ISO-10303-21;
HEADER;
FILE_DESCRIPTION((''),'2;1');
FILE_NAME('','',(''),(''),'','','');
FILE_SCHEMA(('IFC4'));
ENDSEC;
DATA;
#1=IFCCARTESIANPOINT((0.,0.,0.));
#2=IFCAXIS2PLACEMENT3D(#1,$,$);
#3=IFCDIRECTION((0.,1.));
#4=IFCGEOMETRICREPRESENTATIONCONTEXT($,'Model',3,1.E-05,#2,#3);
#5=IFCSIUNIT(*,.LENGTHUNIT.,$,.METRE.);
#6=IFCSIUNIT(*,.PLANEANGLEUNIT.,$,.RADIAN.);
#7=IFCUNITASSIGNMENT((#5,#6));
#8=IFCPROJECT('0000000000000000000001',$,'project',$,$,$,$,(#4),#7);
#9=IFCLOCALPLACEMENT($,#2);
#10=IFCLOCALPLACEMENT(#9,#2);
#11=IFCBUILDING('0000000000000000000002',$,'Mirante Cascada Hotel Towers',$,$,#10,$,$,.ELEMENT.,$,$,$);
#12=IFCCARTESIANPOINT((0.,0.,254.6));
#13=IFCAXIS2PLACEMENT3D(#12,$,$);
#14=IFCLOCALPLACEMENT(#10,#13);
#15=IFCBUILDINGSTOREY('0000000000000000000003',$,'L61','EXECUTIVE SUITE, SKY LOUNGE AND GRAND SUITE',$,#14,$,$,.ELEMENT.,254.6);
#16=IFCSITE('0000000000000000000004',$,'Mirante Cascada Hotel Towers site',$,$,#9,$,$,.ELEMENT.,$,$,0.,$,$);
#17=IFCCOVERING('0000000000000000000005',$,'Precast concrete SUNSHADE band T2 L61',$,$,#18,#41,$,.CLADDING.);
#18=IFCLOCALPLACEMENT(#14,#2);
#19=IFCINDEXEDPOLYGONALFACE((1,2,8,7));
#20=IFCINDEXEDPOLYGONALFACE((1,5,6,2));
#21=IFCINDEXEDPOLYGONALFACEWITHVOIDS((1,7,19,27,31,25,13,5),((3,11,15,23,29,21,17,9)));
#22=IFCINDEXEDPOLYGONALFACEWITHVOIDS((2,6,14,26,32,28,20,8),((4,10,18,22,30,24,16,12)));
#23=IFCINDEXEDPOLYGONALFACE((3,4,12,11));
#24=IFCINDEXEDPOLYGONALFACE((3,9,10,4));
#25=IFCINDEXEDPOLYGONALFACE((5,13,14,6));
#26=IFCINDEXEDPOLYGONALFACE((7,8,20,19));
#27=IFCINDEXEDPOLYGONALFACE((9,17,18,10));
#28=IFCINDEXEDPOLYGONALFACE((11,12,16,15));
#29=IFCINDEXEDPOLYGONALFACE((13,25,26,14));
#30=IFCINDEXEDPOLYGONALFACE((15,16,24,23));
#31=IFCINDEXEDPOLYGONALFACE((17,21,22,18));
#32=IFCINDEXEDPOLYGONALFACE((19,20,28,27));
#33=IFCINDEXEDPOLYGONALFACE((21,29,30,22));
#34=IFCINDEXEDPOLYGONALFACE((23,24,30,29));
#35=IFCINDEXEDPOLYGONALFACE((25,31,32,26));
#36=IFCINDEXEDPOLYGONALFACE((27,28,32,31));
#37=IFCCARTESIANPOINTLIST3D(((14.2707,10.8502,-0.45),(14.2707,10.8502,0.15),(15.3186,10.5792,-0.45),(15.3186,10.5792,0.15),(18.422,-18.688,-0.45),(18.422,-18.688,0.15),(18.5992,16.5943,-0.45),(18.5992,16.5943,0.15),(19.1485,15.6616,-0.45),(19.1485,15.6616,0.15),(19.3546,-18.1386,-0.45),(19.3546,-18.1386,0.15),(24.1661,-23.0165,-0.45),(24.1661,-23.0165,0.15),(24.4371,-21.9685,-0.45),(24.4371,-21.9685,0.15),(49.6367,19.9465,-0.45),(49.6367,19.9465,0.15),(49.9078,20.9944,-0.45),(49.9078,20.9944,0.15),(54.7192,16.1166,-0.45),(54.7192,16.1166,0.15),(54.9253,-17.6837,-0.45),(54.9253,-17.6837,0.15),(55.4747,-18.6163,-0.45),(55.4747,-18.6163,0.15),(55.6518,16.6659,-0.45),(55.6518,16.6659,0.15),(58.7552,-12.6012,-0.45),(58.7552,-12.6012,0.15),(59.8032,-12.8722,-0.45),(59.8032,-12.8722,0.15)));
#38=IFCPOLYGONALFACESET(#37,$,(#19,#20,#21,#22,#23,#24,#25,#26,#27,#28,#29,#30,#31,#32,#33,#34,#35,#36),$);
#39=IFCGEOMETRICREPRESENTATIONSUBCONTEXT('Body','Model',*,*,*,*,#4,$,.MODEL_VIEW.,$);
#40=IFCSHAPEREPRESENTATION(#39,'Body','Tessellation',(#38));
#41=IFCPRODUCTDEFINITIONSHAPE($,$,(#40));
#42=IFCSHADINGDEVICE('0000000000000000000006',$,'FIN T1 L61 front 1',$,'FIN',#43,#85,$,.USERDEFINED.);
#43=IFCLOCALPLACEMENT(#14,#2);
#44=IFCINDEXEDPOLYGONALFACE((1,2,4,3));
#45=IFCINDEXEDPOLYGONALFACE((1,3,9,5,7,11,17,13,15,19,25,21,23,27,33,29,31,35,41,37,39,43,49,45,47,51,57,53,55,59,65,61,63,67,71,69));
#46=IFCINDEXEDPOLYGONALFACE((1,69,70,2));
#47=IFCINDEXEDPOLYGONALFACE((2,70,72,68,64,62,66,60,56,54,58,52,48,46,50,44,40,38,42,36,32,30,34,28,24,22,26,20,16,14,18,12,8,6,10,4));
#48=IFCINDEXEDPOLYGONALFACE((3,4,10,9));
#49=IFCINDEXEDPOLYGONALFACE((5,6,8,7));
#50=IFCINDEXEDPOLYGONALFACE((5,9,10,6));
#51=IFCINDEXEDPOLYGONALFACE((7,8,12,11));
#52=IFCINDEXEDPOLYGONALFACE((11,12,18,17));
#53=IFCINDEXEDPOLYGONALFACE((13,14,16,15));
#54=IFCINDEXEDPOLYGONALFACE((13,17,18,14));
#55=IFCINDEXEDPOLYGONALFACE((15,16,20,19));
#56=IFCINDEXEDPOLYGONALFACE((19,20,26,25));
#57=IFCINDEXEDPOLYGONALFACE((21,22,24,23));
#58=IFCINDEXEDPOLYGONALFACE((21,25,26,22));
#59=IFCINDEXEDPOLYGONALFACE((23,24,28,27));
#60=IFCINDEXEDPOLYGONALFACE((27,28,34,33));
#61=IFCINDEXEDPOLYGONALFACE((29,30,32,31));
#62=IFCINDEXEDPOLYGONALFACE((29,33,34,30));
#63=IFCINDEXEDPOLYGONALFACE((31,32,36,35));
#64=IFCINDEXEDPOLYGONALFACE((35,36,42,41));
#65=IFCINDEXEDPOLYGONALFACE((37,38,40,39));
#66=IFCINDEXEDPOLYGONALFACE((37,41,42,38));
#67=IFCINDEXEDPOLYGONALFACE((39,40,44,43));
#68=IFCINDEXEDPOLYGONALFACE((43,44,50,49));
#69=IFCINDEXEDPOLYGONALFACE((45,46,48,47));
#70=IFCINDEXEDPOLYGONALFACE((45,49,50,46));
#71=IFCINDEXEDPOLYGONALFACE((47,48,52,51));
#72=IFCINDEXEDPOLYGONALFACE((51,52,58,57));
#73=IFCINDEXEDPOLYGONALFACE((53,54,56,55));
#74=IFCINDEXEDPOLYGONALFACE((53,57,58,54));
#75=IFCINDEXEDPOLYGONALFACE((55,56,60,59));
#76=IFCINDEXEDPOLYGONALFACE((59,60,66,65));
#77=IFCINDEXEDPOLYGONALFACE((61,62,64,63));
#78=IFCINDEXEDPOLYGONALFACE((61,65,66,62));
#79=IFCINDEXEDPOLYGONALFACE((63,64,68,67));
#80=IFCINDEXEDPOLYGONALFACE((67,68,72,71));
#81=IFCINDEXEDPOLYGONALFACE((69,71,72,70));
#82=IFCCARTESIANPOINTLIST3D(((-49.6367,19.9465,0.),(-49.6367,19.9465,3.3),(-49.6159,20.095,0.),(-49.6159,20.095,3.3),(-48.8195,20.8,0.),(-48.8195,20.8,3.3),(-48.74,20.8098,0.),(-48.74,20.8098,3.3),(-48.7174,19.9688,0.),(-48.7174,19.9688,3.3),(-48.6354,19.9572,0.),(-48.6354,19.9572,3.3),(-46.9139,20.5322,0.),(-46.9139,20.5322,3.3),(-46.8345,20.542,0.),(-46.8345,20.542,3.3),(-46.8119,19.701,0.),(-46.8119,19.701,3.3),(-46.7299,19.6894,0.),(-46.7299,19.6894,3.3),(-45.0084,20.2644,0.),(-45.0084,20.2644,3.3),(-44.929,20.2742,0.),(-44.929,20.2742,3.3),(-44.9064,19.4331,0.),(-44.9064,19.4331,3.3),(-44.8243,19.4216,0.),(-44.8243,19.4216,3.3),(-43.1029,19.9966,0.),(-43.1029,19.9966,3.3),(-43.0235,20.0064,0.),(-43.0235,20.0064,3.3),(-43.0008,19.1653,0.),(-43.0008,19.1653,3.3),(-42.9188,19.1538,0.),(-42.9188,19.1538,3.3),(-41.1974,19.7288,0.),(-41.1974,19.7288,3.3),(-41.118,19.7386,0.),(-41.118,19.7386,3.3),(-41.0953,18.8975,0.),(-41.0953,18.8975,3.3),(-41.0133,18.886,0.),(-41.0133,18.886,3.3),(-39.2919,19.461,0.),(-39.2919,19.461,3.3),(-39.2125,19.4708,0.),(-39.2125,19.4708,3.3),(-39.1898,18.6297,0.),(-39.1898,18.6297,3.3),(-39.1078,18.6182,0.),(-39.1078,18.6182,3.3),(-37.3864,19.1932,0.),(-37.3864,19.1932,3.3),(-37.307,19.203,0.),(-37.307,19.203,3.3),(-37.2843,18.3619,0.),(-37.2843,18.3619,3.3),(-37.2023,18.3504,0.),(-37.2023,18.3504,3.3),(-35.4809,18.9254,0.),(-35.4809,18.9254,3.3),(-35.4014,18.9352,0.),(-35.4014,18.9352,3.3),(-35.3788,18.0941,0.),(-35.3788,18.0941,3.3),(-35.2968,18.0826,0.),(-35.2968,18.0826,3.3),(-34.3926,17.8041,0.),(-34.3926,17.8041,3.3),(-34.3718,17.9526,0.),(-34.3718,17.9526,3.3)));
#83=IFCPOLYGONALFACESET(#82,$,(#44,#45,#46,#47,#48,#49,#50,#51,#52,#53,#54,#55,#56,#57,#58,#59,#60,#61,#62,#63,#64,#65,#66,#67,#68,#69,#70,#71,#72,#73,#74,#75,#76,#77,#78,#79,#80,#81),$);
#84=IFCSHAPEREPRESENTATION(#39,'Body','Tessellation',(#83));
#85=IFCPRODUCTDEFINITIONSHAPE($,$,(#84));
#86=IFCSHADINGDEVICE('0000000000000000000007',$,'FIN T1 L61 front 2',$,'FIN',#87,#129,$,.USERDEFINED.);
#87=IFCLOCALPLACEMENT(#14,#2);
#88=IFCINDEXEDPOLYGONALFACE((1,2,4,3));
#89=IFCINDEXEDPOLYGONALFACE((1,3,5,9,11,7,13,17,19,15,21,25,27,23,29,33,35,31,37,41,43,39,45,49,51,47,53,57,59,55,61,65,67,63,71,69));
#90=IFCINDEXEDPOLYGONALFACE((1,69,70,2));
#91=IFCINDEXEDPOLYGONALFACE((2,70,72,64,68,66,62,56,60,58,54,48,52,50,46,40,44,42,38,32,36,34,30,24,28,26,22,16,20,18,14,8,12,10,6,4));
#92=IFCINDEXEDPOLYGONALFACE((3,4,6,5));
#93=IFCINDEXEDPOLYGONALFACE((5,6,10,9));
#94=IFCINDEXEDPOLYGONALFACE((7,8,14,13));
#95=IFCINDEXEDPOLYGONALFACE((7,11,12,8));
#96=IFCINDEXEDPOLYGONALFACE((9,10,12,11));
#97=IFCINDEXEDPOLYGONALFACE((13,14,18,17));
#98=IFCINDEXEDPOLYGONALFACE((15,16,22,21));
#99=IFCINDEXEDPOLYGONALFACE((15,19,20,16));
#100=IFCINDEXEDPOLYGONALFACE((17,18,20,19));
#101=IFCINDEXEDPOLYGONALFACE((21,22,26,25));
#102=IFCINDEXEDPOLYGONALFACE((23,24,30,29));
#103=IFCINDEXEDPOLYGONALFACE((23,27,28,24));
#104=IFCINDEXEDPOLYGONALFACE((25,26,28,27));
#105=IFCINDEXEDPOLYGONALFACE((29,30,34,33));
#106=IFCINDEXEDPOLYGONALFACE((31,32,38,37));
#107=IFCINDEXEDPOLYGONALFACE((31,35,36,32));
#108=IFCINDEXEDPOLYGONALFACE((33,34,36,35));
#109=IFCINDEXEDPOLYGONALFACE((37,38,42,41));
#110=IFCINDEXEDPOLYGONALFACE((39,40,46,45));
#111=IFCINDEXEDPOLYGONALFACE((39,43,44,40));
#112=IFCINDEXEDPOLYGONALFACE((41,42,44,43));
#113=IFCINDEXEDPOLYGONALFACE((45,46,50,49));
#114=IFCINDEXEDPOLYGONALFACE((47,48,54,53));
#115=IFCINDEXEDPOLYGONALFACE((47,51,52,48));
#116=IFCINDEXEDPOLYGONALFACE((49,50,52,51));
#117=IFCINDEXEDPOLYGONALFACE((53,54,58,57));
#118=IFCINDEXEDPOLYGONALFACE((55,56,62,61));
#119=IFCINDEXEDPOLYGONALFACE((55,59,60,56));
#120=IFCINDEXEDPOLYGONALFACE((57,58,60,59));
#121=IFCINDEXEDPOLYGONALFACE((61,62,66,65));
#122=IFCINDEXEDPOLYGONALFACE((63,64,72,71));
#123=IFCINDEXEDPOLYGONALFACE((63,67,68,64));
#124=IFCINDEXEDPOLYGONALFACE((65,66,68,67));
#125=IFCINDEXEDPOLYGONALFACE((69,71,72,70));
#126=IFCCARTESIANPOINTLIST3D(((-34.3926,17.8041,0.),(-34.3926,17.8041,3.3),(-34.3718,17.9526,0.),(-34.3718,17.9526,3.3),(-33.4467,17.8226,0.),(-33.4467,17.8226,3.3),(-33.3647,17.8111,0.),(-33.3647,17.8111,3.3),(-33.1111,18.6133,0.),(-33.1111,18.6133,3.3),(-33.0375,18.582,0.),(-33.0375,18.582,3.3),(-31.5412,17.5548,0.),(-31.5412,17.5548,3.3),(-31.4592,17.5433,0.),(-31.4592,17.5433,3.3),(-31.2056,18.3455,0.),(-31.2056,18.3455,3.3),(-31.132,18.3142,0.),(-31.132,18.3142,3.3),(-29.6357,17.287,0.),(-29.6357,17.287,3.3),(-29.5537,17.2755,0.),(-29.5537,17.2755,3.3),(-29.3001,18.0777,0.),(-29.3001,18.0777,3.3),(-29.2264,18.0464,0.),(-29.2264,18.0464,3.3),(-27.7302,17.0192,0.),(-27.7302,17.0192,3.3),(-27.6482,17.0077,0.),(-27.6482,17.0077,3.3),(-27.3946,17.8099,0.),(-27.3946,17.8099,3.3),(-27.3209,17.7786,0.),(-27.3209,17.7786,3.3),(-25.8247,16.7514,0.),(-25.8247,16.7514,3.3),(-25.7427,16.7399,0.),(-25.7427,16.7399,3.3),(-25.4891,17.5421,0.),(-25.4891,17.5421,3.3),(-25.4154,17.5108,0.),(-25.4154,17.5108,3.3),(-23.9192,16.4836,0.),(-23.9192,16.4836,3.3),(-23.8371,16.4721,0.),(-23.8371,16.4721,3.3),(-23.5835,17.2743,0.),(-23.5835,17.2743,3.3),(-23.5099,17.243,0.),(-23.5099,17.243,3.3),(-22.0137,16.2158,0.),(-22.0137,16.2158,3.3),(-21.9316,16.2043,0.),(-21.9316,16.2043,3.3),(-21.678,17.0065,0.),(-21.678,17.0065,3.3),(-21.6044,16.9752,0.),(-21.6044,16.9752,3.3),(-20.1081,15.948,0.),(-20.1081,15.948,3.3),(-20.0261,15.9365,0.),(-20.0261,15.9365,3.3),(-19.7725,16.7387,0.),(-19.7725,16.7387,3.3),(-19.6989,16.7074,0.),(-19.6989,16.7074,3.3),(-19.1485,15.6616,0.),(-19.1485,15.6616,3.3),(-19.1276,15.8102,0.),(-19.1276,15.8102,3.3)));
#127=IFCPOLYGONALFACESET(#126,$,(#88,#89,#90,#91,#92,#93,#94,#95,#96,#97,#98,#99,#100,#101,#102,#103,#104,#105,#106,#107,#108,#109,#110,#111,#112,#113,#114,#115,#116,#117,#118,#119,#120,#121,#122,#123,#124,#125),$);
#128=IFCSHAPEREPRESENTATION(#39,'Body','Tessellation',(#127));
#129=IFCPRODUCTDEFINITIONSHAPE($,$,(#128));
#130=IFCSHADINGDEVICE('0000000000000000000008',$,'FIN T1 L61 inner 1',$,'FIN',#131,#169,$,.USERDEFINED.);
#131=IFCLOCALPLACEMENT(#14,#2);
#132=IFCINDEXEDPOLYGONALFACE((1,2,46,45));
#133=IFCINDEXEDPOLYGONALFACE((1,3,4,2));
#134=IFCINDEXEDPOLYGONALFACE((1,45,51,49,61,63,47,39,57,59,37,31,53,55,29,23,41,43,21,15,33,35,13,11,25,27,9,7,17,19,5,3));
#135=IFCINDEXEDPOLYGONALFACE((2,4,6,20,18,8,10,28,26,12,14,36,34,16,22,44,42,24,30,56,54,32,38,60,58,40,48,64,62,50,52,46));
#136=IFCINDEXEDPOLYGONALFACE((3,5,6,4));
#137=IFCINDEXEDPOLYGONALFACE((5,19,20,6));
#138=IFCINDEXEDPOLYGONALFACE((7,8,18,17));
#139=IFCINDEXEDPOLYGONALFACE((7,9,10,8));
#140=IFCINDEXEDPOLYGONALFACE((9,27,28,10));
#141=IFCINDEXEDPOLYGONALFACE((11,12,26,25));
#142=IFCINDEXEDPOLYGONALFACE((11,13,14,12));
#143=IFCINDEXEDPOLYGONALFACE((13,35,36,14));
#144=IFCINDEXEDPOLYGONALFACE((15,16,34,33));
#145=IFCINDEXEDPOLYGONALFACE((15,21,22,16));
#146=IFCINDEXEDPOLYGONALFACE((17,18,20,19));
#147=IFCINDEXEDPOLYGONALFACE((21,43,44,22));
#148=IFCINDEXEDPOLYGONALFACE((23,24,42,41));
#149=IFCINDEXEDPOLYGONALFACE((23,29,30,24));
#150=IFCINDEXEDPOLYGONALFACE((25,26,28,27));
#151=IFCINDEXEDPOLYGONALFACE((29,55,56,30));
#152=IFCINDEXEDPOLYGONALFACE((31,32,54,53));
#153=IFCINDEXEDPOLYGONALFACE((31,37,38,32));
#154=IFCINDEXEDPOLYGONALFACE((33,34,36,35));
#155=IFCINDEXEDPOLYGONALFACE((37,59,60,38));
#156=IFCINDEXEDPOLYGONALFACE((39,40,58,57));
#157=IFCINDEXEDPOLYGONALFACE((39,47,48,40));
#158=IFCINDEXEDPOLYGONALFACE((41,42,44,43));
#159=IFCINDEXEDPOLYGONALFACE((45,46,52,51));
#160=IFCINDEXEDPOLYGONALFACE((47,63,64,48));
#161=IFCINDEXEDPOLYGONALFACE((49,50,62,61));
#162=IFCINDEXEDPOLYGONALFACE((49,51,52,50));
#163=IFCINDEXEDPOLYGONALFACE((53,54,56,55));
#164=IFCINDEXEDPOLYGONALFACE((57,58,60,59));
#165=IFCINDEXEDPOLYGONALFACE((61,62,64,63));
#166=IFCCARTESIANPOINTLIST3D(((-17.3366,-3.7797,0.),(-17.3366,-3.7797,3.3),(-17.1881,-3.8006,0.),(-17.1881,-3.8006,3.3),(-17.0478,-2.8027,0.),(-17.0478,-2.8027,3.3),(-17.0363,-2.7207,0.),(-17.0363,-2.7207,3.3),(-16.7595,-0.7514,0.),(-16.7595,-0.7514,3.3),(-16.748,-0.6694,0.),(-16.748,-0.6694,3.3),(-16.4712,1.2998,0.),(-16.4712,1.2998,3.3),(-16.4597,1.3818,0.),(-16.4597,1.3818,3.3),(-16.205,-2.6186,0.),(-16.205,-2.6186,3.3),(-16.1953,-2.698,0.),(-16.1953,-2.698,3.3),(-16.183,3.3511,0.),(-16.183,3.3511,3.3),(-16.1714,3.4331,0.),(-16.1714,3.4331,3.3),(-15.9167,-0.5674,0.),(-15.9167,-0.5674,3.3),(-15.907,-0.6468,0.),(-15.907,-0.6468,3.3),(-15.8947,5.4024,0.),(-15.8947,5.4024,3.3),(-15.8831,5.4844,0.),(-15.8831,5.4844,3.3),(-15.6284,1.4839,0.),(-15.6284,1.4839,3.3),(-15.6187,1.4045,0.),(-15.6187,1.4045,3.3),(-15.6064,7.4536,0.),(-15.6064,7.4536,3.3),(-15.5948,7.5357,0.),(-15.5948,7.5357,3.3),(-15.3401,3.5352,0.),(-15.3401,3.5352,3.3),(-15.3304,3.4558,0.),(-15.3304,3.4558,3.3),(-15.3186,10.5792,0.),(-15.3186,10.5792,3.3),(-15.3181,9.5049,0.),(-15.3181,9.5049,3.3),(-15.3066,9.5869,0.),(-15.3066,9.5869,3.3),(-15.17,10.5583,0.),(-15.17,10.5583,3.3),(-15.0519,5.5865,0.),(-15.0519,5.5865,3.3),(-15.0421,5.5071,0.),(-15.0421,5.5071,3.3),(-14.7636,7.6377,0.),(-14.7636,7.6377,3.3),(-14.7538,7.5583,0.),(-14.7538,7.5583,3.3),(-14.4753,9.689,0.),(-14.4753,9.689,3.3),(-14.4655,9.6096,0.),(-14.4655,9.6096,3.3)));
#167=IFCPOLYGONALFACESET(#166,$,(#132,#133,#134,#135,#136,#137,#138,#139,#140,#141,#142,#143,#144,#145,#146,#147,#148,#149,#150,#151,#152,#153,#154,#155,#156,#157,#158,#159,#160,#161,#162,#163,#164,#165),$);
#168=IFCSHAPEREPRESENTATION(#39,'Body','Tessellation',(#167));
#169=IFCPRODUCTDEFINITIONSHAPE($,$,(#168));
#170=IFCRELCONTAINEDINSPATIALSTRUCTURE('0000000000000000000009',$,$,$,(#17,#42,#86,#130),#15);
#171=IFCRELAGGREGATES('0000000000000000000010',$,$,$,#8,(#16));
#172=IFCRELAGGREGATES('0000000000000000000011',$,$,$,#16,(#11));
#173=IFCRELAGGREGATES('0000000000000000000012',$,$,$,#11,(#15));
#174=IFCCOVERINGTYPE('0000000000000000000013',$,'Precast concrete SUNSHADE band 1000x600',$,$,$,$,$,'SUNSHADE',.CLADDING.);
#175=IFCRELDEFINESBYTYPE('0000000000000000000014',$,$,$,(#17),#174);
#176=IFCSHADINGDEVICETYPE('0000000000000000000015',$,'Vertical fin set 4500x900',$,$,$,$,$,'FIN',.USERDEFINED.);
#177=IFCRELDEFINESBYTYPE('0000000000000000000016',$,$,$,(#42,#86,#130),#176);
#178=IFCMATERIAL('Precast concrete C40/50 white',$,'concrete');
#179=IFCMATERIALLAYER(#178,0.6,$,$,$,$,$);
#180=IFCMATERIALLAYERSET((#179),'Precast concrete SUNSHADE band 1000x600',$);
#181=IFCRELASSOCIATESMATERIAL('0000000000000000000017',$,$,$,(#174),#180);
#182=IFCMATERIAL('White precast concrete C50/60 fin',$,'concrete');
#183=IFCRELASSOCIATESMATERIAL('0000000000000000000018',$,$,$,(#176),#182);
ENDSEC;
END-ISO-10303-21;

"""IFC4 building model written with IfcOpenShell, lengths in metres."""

from ifc_helpers import new_model, si_unit, direction, frame, origin, place, context, subcontext, project, spatial, polyline, outline, extrude, material, layer, layer_set, type_object, element, save


model = new_model("IFC4")

# Units and contexts
model_context = context("Model", 3, precision=1e-05, world=origin(), true_north=direction((0.0, 1.0)))
body_context = subcontext(model_context, "Body", "Model", "MODEL_VIEW")
ifc_project = project(units=[si_unit("LENGTHUNIT", "METRE"), si_unit("PLANEANGLEUNIT", "RADIAN")], contexts=[model_context])

# Site, building, storey
site_placement = place(None, origin())
site = spatial("IfcSite", under=ifc_project, at=site_placement, Name="Mirante Cascada Hotel Towers site", CompositionType="ELEMENT", RefElevation=0.0)
building_placement = place(site_placement, origin())
building = spatial("IfcBuilding", under=site, at=building_placement, Name="Mirante Cascada Hotel Towers", CompositionType="ELEMENT")
storey_placement = place(building_placement, frame((0.0, 0.0, 254.6)))
storey = spatial("IfcBuildingStorey", under=building, at=storey_placement, Name="L61", Description="EXECUTIVE SUITE, SKY LOUNGE AND GRAND SUITE", CompositionType="ELEMENT", Elevation=254.6)

# Covering
ifc_material_1 = material(Name="Precast concrete C40/50 white", Category="concrete")
ifc_layer_1 = layer(ifc_material_1, 0.6)
ifc_layer_set_1 = layer_set([ifc_layer_1], Name="Precast concrete SUNSHADE band 1000x600")
covering_type = type_object("IfcCoveringType", Name="Precast concrete SUNSHADE band 1000x600", ElementType="SUNSHADE", PredefinedType="CLADDING", material=ifc_layer_set_1)
covering_1_placement = place(storey_placement, frame((0.0, 0.0, -0.45)))
element("IfcCovering", 1, at=covering_1_placement, inside=storey, type_object=covering_type, Name="Precast concrete SUNSHADE band T2 L61", PredefinedType="CLADDING", context=body_context, shape_type="SweptSolid", body=[
    extrude(outline(polyline([(14.2707, 10.8502), (18.5992, 16.5943), (49.9078, 20.9944), (55.6518, 16.6659), (59.8032, -12.8722), (55.4747, -18.6163), (24.1661, -23.0165), (18.422, -18.688), (14.2707, 10.8502)]), holes=[polyline([(58.7552, -12.6012), (54.7192, 16.1166), (49.6367, 19.9465), (19.1485, 15.6616), (15.3186, 10.5792), (19.3546, -18.1386), (24.4371, -21.9685), (54.9253, -17.6837), (58.7552, -12.6012)])]), origin(), (0.0, 0.0, 1.0), 0.6),
])

# Shading devices
ifc_material_2 = material(Name="White precast concrete C50/60 fin", Category="concrete")
shading_device_type = type_object("IfcShadingDeviceType", Name="Vertical fin set 4500x900", ElementType="FIN", PredefinedType="USERDEFINED", material=ifc_material_2)
shading_device_1_placement = place(storey_placement, origin())
element("IfcShadingDevice", 2, at=shading_device_1_placement, inside=storey, type_object=shading_device_type, Name="FIN T1 L61 front 1", ObjectType="FIN", PredefinedType="USERDEFINED", context=body_context, shape_type="SweptSolid", body=[
    extrude(outline(polyline([(-35.2968, 18.0826), (-34.3718, 17.9526), (-34.3926, 17.8041), (-49.6367, 19.9465), (-49.6159, 20.095), (-48.7174, 19.9688), (-48.8195, 20.8), (-48.74, 20.8098), (-48.6354, 19.9572), (-46.8119, 19.701), (-46.9139, 20.5322), (-46.8345, 20.542), (-46.7299, 19.6894), (-44.9064, 19.4331), (-45.0084, 20.2644), (-44.929, 20.2742), (-44.8243, 19.4216), (-43.0008, 19.1653), (-43.1029, 19.9966), (-43.0235, 20.0064), (-42.9188, 19.1538), (-41.0953, 18.8975), (-41.1974, 19.7288), (-41.118, 19.7386), (-41.0133, 18.886), (-39.1898, 18.6297), (-39.2919, 19.461), (-39.2125, 19.4708), (-39.1078, 18.6182), (-37.2843, 18.3619), (-37.3864, 19.1932), (-37.307, 19.203), (-37.2023, 18.3504), (-35.3788, 18.0941), (-35.4809, 18.9254), (-35.4014, 18.9352), (-35.2968, 18.0826)])), origin(), (0.0, 0.0, 1.0), 3.3),
])
shading_device_2_placement = place(storey_placement, origin())
element("IfcShadingDevice", 3, at=shading_device_2_placement, inside=storey, type_object=shading_device_type, Name="FIN T1 L61 front 2", ObjectType="FIN", PredefinedType="USERDEFINED", context=body_context, shape_type="SweptSolid", body=[
    extrude(outline(polyline([(-20.0261, 15.9365), (-19.1276, 15.8102), (-19.1485, 15.6616), (-34.3926, 17.8041), (-34.3718, 17.9526), (-33.4467, 17.8226), (-33.1111, 18.6133), (-33.0375, 18.582), (-33.3647, 17.8111), (-31.5412, 17.5548), (-31.2056, 18.3455), (-31.132, 18.3142), (-31.4592, 17.5433), (-29.6357, 17.287), (-29.3001, 18.0777), (-29.2264, 18.0464), (-29.5537, 17.2755), (-27.7302, 17.0192), (-27.3946, 17.8099), (-27.3209, 17.7786), (-27.6482, 17.0077), (-25.8247, 16.7514), (-25.4891, 17.5421), (-25.4154, 17.5108), (-25.7427, 16.7399), (-23.9192, 16.4836), (-23.5835, 17.2743), (-23.5099, 17.243), (-23.8371, 16.4721), (-22.0137, 16.2158), (-21.678, 17.0065), (-21.6044, 16.9752), (-21.9316, 16.2043), (-20.1081, 15.948), (-19.7725, 16.7387), (-19.6989, 16.7074), (-20.0261, 15.9365)])), origin(), (0.0, 0.0, 1.0), 3.3),
])
shading_device_3_placement = place(storey_placement, origin())
element("IfcShadingDevice", 4, at=shading_device_3_placement, inside=storey, type_object=shading_device_type, Name="FIN T1 L61 inner 1", ObjectType="FIN", PredefinedType="USERDEFINED", context=body_context, shape_type="SweptSolid", body=[
    extrude(outline(polyline([(-17.0478, -2.8027), (-17.1881, -3.8006), (-17.3366, -3.7797), (-15.3186, 10.5792), (-15.17, 10.5583), (-15.3066, 9.5869), (-14.4753, 9.689), (-14.4655, 9.6096), (-15.3181, 9.5049), (-15.5948, 7.5357), (-14.7636, 7.6377), (-14.7538, 7.5583), (-15.6064, 7.4536), (-15.8831, 5.4844), (-15.0519, 5.5865), (-15.0421, 5.5071), (-15.8947, 5.4024), (-16.1714, 3.4331), (-15.3401, 3.5352), (-15.3304, 3.4558), (-16.183, 3.3511), (-16.4597, 1.3818), (-15.6284, 1.4839), (-15.6187, 1.4045), (-16.4712, 1.2998), (-16.748, -0.6694), (-15.9167, -0.5674), (-15.907, -0.6468), (-16.7595, -0.7514), (-17.0363, -2.7207), (-16.205, -2.6186), (-16.1953, -2.698), (-17.0478, -2.8027)])), origin(), (0.0, 0.0, 1.0), 3.3),
])

save(model, "model.ifc")
